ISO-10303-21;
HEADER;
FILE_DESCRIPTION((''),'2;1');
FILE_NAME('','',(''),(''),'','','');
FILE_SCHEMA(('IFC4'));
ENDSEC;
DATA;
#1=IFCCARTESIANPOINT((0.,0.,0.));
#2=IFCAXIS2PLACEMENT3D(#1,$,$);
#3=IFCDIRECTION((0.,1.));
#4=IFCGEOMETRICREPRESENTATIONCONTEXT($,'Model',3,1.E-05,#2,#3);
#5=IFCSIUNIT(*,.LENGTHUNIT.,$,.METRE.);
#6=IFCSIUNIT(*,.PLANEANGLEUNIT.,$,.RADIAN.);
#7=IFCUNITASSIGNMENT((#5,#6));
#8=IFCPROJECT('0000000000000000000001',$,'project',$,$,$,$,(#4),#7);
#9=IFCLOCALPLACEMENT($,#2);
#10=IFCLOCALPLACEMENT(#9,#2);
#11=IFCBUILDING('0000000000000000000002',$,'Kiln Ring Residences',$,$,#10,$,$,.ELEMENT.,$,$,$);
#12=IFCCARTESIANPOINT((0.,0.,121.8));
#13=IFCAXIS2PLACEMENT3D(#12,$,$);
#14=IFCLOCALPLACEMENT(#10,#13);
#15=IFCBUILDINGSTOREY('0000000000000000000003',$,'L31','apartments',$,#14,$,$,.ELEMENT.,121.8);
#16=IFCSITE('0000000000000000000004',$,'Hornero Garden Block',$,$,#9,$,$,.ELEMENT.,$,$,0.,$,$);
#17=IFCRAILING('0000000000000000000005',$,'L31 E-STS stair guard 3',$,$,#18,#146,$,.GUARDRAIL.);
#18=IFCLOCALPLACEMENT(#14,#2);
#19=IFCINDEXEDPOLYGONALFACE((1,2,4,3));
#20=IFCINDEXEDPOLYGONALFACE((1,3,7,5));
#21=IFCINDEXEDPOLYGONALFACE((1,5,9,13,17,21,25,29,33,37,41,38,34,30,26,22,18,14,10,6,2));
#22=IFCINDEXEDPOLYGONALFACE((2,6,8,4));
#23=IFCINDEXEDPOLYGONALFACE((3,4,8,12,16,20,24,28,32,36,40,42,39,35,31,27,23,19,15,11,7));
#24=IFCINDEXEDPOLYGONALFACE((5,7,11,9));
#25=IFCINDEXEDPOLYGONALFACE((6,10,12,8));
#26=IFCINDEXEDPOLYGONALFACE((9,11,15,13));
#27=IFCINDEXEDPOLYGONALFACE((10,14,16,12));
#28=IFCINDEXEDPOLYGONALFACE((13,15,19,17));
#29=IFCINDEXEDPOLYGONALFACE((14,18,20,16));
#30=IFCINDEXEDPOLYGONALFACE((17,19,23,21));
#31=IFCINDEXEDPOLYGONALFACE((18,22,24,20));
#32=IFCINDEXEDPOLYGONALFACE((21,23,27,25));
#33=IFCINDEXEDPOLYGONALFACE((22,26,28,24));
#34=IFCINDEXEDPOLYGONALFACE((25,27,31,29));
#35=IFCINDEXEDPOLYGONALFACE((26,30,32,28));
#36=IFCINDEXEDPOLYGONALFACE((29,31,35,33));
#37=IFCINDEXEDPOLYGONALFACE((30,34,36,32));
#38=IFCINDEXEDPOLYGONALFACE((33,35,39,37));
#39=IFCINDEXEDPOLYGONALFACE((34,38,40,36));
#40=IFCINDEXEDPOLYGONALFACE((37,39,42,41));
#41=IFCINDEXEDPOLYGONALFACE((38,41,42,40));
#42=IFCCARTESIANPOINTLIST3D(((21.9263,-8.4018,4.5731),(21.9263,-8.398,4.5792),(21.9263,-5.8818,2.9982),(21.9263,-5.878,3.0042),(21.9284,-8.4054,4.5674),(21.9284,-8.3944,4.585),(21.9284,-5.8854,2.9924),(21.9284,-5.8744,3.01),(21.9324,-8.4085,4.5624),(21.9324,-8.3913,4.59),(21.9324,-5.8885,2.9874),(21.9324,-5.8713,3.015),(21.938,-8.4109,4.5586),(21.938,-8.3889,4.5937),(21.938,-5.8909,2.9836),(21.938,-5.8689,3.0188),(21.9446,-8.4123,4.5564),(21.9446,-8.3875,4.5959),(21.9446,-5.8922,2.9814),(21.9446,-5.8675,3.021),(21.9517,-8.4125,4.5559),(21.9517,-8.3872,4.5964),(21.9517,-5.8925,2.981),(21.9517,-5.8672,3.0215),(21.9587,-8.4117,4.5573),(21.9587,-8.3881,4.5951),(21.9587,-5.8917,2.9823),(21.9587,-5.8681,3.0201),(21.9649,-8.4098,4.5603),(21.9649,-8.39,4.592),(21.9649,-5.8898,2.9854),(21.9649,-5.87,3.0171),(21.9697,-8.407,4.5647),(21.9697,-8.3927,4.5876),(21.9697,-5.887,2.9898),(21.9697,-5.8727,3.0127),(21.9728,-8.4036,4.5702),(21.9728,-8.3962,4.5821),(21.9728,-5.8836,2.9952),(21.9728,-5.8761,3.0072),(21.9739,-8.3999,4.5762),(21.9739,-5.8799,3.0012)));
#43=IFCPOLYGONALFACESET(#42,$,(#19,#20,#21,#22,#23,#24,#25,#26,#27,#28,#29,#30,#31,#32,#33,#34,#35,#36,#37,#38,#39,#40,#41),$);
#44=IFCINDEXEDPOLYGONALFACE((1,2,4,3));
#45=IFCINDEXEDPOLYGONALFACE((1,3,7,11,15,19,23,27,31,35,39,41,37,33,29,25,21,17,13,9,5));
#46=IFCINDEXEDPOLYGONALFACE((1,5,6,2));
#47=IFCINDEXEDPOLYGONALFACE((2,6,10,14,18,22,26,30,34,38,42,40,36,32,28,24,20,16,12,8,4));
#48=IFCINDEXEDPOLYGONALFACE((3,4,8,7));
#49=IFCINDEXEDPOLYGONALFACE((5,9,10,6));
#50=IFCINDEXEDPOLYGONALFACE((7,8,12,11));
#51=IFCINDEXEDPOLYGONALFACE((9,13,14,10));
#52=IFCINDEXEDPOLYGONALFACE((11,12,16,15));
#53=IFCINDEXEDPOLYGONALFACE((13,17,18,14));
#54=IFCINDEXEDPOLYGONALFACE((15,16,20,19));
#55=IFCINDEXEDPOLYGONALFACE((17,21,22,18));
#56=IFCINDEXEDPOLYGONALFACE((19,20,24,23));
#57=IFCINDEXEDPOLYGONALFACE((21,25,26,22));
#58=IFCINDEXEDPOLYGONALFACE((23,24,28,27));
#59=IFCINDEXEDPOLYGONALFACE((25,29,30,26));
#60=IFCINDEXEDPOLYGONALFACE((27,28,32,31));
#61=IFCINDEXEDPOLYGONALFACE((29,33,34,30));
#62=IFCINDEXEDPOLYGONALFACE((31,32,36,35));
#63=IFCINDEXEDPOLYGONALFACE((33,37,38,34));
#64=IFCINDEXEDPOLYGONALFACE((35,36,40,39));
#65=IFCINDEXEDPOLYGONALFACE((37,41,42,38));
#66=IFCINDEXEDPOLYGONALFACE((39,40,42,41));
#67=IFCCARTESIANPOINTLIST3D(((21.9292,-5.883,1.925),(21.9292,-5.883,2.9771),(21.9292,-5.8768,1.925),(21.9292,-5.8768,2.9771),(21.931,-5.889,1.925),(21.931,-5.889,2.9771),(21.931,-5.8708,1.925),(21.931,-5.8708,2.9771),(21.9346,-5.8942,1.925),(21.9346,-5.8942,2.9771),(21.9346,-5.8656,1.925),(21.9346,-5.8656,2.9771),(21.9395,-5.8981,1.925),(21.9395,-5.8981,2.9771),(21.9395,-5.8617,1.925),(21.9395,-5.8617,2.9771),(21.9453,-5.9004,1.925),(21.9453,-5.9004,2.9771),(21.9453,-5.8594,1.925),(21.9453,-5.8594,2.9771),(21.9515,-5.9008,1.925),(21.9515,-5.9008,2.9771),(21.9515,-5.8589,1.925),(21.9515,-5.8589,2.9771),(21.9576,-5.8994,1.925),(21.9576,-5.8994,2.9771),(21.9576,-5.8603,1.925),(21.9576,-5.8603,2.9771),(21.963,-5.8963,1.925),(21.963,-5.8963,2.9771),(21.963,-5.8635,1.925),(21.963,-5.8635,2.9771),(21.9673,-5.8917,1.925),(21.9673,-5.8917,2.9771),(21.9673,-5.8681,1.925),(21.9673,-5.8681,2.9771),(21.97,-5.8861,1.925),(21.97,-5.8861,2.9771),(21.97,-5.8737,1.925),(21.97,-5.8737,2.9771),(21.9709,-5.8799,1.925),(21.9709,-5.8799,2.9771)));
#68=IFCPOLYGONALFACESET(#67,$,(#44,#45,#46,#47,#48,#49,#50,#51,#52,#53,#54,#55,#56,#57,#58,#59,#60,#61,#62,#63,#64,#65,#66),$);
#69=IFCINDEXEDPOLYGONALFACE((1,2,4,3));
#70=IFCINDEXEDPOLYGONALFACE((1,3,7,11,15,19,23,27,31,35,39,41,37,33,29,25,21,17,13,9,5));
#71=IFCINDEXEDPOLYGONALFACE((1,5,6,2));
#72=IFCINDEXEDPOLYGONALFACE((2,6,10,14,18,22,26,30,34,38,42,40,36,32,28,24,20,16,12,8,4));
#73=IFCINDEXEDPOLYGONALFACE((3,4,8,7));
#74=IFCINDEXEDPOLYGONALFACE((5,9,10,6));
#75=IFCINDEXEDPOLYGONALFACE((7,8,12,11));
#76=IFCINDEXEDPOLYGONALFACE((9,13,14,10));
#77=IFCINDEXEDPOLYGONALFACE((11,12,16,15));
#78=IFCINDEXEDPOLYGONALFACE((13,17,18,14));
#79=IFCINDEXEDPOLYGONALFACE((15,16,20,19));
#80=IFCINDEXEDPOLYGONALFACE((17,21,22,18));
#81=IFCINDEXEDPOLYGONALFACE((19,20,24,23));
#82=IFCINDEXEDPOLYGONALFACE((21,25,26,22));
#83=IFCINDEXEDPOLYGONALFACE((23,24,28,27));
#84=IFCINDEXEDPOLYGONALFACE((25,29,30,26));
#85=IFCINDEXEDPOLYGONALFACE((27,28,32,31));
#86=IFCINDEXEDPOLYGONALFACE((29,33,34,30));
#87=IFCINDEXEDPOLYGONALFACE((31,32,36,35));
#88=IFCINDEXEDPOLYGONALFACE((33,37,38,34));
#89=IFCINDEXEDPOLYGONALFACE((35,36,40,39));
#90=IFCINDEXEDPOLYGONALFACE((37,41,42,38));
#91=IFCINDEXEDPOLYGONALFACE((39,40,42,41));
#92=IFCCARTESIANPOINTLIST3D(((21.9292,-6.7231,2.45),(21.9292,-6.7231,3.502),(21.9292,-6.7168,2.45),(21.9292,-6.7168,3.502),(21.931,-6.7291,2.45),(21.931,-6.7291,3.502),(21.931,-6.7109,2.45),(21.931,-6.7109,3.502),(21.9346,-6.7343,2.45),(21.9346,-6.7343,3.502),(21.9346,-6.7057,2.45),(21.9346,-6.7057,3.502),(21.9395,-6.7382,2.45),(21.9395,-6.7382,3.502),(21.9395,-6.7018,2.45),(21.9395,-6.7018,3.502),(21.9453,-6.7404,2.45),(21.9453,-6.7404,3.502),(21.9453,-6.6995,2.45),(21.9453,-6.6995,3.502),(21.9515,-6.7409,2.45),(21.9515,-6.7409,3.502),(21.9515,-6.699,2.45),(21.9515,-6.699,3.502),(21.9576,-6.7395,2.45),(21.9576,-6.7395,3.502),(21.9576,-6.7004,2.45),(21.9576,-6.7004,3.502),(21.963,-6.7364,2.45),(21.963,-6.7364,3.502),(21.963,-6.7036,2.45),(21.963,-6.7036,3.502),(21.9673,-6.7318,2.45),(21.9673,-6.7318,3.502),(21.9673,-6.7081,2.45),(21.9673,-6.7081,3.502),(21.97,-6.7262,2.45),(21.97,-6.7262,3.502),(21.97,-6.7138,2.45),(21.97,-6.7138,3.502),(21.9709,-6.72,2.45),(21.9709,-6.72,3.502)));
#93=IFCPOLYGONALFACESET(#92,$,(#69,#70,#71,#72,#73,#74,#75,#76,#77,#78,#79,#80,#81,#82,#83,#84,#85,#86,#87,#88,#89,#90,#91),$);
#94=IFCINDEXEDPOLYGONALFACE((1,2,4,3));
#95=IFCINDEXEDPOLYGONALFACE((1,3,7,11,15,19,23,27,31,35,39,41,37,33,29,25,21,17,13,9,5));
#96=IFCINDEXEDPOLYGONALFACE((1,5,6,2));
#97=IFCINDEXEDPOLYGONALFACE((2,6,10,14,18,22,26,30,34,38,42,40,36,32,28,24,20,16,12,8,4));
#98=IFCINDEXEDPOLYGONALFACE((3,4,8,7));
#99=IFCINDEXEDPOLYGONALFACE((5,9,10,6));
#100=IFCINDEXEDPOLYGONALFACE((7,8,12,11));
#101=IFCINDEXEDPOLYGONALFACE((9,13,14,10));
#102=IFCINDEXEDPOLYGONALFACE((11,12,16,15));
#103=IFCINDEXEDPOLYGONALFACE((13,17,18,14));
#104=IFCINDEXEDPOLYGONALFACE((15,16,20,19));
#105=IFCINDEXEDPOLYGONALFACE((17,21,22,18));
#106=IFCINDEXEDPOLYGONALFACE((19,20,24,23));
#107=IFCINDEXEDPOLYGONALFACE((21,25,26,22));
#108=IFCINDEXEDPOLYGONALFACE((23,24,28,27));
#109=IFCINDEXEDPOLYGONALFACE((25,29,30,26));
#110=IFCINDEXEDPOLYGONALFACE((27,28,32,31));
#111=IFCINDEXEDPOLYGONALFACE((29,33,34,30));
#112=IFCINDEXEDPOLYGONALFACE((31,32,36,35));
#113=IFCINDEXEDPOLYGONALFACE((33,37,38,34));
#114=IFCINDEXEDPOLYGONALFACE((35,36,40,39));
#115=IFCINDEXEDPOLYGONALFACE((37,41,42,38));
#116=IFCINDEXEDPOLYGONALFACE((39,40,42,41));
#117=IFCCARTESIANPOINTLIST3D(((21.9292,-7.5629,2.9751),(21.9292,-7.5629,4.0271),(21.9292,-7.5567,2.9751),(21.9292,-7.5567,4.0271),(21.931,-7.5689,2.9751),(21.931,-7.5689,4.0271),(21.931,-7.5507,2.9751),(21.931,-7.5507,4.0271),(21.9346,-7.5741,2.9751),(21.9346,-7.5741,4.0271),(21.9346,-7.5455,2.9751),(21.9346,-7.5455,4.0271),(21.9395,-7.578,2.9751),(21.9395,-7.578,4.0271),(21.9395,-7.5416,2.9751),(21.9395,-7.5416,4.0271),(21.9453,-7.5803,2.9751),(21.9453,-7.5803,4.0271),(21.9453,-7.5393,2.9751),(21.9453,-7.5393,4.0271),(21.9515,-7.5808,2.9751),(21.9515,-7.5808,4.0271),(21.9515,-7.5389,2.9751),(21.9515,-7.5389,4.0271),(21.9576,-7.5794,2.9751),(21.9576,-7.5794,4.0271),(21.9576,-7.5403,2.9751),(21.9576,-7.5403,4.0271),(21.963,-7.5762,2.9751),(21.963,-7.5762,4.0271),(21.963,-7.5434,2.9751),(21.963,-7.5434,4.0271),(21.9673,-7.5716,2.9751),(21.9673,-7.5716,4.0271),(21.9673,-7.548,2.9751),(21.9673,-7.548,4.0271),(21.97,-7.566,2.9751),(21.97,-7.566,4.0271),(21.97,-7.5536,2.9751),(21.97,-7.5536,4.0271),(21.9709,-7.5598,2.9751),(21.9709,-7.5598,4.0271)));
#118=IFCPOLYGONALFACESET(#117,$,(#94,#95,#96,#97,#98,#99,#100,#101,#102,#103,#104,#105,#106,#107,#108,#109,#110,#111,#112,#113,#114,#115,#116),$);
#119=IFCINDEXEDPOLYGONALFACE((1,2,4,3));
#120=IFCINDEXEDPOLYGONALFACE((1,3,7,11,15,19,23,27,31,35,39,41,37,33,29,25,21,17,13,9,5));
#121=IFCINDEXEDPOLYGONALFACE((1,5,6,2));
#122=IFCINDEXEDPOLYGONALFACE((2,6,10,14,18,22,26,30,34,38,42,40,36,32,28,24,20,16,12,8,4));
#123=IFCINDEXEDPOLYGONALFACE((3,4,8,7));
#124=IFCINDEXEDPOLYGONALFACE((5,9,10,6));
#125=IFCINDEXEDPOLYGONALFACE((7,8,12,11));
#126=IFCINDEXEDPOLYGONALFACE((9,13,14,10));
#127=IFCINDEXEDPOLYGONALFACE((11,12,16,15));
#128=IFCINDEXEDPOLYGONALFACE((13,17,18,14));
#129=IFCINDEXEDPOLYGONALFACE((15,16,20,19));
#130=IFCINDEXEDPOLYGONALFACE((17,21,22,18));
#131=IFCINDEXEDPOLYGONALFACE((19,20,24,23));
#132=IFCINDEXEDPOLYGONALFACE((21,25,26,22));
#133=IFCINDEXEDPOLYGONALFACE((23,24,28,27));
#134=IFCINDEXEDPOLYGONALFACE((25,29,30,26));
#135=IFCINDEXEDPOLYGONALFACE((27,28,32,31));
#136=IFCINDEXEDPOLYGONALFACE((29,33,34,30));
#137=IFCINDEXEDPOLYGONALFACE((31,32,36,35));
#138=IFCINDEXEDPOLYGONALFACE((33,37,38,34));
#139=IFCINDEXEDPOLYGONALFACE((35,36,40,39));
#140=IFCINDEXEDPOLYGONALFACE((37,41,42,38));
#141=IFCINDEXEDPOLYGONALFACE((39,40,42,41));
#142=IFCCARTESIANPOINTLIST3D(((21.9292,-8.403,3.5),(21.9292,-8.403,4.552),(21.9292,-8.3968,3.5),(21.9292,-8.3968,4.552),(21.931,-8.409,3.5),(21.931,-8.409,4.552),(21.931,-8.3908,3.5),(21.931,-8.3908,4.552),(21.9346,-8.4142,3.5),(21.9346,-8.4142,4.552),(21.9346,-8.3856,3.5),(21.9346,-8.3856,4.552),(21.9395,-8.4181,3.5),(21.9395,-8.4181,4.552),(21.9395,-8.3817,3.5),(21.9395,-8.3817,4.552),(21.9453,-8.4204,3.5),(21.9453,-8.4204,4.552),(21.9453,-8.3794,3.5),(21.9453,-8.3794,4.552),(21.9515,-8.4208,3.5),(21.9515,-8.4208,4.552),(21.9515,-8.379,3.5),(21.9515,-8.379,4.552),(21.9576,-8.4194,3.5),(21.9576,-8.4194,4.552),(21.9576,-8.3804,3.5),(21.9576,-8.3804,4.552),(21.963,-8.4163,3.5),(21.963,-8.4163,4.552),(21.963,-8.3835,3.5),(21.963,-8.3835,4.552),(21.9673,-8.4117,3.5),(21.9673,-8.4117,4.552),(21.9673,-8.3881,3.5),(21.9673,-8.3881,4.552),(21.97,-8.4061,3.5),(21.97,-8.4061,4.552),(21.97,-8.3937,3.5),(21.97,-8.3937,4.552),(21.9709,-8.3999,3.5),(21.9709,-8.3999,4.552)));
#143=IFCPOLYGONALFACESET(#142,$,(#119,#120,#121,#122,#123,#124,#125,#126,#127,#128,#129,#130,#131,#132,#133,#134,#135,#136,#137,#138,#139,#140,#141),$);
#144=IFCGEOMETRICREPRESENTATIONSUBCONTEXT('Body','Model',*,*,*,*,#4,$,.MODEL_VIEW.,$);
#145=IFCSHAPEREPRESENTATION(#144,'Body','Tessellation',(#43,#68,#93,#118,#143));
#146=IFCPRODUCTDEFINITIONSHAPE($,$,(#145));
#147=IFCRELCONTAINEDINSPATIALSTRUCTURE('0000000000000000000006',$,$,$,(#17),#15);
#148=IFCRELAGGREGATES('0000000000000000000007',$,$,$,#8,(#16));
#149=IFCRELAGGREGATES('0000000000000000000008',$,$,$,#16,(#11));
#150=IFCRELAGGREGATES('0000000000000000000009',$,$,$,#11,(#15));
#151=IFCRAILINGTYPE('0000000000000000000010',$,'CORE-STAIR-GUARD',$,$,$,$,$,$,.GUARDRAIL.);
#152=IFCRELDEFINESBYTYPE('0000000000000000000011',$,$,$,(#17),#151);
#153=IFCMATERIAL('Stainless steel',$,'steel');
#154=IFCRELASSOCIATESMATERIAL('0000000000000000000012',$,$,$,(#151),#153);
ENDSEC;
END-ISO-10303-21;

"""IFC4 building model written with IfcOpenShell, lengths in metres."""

from ifc_helpers import new_model, si_unit, direction, frame, origin, origin_2d, place, context, subcontext, project, spatial, circle, extrude, material, type_object, element, save


model = new_model("IFC4")

# Units and contexts
model_context = context("Model", 3, precision=1e-05, world=origin(), true_north=direction((0.0, 1.0)))
body_context = subcontext(model_context, "Body", "Model", "MODEL_VIEW")
ifc_project = project(units=[si_unit("LENGTHUNIT", "METRE"), si_unit("PLANEANGLEUNIT", "RADIAN")], contexts=[model_context])

# Site, building, storey
site_placement = place(None, origin())
site = spatial("IfcSite", under=ifc_project, at=site_placement, Name="Hornero Garden Block", CompositionType="ELEMENT", RefElevation=0.0)
building_placement = place(site_placement, origin())
building = spatial("IfcBuilding", under=site, at=building_placement, Name="Kiln Ring Residences", CompositionType="ELEMENT")
storey_placement = place(building_placement, frame((0.0, 0.0, 121.8)))
storey = spatial("IfcBuildingStorey", under=building, at=storey_placement, Name="L31", Description="apartments", CompositionType="ELEMENT", Elevation=121.8)

# Railing
ifc_material_1 = material(Name="Stainless steel", Category="steel")
railing_type_1 = type_object("IfcRailingType", Name="CORE-STAIR-GUARD", PredefinedType="GUARDRAIL", material=ifc_material_1)
railing_1_placement = place(storey_placement, frame((21.95, -5.8799, 1.925)))
element("IfcRailing", 1, at=railing_1_placement, inside=storey, type_object=railing_type_1, Name="L31 E-STS stair guard 3", PredefinedType="GUARDRAIL", context=body_context, shape_type="SweptSolid", body=[
    extrude(circle(Radius=0.0239, at=origin_2d()), frame((0.0, 0.0, 1.0762), z_axis=(0.0, -0.848008, 0.529984), x_axis=(1.0, 0.0, 0.0)), (0.0, 0.0, 1.0), 2.9717),
    extrude(circle(Radius=0.021, at=origin_2d()), origin(), (0.0, 0.0, 1.0), 1.052),
    extrude(circle(Radius=0.021, at=origin_2d()), frame((0.0, -0.8401, 0.5249)), (0.0, 0.0, 1.0), 1.052),
    extrude(circle(Radius=0.021, at=origin_2d()), frame((0.0, -1.6799, 1.05)), (0.0, 0.0, 1.0), 1.052),
    extrude(circle(Radius=0.021, at=origin_2d()), frame((0.0, -2.52, 1.575)), (0.0, 0.0, 1.0), 1.052),
])

save(model, "model.ifc")
